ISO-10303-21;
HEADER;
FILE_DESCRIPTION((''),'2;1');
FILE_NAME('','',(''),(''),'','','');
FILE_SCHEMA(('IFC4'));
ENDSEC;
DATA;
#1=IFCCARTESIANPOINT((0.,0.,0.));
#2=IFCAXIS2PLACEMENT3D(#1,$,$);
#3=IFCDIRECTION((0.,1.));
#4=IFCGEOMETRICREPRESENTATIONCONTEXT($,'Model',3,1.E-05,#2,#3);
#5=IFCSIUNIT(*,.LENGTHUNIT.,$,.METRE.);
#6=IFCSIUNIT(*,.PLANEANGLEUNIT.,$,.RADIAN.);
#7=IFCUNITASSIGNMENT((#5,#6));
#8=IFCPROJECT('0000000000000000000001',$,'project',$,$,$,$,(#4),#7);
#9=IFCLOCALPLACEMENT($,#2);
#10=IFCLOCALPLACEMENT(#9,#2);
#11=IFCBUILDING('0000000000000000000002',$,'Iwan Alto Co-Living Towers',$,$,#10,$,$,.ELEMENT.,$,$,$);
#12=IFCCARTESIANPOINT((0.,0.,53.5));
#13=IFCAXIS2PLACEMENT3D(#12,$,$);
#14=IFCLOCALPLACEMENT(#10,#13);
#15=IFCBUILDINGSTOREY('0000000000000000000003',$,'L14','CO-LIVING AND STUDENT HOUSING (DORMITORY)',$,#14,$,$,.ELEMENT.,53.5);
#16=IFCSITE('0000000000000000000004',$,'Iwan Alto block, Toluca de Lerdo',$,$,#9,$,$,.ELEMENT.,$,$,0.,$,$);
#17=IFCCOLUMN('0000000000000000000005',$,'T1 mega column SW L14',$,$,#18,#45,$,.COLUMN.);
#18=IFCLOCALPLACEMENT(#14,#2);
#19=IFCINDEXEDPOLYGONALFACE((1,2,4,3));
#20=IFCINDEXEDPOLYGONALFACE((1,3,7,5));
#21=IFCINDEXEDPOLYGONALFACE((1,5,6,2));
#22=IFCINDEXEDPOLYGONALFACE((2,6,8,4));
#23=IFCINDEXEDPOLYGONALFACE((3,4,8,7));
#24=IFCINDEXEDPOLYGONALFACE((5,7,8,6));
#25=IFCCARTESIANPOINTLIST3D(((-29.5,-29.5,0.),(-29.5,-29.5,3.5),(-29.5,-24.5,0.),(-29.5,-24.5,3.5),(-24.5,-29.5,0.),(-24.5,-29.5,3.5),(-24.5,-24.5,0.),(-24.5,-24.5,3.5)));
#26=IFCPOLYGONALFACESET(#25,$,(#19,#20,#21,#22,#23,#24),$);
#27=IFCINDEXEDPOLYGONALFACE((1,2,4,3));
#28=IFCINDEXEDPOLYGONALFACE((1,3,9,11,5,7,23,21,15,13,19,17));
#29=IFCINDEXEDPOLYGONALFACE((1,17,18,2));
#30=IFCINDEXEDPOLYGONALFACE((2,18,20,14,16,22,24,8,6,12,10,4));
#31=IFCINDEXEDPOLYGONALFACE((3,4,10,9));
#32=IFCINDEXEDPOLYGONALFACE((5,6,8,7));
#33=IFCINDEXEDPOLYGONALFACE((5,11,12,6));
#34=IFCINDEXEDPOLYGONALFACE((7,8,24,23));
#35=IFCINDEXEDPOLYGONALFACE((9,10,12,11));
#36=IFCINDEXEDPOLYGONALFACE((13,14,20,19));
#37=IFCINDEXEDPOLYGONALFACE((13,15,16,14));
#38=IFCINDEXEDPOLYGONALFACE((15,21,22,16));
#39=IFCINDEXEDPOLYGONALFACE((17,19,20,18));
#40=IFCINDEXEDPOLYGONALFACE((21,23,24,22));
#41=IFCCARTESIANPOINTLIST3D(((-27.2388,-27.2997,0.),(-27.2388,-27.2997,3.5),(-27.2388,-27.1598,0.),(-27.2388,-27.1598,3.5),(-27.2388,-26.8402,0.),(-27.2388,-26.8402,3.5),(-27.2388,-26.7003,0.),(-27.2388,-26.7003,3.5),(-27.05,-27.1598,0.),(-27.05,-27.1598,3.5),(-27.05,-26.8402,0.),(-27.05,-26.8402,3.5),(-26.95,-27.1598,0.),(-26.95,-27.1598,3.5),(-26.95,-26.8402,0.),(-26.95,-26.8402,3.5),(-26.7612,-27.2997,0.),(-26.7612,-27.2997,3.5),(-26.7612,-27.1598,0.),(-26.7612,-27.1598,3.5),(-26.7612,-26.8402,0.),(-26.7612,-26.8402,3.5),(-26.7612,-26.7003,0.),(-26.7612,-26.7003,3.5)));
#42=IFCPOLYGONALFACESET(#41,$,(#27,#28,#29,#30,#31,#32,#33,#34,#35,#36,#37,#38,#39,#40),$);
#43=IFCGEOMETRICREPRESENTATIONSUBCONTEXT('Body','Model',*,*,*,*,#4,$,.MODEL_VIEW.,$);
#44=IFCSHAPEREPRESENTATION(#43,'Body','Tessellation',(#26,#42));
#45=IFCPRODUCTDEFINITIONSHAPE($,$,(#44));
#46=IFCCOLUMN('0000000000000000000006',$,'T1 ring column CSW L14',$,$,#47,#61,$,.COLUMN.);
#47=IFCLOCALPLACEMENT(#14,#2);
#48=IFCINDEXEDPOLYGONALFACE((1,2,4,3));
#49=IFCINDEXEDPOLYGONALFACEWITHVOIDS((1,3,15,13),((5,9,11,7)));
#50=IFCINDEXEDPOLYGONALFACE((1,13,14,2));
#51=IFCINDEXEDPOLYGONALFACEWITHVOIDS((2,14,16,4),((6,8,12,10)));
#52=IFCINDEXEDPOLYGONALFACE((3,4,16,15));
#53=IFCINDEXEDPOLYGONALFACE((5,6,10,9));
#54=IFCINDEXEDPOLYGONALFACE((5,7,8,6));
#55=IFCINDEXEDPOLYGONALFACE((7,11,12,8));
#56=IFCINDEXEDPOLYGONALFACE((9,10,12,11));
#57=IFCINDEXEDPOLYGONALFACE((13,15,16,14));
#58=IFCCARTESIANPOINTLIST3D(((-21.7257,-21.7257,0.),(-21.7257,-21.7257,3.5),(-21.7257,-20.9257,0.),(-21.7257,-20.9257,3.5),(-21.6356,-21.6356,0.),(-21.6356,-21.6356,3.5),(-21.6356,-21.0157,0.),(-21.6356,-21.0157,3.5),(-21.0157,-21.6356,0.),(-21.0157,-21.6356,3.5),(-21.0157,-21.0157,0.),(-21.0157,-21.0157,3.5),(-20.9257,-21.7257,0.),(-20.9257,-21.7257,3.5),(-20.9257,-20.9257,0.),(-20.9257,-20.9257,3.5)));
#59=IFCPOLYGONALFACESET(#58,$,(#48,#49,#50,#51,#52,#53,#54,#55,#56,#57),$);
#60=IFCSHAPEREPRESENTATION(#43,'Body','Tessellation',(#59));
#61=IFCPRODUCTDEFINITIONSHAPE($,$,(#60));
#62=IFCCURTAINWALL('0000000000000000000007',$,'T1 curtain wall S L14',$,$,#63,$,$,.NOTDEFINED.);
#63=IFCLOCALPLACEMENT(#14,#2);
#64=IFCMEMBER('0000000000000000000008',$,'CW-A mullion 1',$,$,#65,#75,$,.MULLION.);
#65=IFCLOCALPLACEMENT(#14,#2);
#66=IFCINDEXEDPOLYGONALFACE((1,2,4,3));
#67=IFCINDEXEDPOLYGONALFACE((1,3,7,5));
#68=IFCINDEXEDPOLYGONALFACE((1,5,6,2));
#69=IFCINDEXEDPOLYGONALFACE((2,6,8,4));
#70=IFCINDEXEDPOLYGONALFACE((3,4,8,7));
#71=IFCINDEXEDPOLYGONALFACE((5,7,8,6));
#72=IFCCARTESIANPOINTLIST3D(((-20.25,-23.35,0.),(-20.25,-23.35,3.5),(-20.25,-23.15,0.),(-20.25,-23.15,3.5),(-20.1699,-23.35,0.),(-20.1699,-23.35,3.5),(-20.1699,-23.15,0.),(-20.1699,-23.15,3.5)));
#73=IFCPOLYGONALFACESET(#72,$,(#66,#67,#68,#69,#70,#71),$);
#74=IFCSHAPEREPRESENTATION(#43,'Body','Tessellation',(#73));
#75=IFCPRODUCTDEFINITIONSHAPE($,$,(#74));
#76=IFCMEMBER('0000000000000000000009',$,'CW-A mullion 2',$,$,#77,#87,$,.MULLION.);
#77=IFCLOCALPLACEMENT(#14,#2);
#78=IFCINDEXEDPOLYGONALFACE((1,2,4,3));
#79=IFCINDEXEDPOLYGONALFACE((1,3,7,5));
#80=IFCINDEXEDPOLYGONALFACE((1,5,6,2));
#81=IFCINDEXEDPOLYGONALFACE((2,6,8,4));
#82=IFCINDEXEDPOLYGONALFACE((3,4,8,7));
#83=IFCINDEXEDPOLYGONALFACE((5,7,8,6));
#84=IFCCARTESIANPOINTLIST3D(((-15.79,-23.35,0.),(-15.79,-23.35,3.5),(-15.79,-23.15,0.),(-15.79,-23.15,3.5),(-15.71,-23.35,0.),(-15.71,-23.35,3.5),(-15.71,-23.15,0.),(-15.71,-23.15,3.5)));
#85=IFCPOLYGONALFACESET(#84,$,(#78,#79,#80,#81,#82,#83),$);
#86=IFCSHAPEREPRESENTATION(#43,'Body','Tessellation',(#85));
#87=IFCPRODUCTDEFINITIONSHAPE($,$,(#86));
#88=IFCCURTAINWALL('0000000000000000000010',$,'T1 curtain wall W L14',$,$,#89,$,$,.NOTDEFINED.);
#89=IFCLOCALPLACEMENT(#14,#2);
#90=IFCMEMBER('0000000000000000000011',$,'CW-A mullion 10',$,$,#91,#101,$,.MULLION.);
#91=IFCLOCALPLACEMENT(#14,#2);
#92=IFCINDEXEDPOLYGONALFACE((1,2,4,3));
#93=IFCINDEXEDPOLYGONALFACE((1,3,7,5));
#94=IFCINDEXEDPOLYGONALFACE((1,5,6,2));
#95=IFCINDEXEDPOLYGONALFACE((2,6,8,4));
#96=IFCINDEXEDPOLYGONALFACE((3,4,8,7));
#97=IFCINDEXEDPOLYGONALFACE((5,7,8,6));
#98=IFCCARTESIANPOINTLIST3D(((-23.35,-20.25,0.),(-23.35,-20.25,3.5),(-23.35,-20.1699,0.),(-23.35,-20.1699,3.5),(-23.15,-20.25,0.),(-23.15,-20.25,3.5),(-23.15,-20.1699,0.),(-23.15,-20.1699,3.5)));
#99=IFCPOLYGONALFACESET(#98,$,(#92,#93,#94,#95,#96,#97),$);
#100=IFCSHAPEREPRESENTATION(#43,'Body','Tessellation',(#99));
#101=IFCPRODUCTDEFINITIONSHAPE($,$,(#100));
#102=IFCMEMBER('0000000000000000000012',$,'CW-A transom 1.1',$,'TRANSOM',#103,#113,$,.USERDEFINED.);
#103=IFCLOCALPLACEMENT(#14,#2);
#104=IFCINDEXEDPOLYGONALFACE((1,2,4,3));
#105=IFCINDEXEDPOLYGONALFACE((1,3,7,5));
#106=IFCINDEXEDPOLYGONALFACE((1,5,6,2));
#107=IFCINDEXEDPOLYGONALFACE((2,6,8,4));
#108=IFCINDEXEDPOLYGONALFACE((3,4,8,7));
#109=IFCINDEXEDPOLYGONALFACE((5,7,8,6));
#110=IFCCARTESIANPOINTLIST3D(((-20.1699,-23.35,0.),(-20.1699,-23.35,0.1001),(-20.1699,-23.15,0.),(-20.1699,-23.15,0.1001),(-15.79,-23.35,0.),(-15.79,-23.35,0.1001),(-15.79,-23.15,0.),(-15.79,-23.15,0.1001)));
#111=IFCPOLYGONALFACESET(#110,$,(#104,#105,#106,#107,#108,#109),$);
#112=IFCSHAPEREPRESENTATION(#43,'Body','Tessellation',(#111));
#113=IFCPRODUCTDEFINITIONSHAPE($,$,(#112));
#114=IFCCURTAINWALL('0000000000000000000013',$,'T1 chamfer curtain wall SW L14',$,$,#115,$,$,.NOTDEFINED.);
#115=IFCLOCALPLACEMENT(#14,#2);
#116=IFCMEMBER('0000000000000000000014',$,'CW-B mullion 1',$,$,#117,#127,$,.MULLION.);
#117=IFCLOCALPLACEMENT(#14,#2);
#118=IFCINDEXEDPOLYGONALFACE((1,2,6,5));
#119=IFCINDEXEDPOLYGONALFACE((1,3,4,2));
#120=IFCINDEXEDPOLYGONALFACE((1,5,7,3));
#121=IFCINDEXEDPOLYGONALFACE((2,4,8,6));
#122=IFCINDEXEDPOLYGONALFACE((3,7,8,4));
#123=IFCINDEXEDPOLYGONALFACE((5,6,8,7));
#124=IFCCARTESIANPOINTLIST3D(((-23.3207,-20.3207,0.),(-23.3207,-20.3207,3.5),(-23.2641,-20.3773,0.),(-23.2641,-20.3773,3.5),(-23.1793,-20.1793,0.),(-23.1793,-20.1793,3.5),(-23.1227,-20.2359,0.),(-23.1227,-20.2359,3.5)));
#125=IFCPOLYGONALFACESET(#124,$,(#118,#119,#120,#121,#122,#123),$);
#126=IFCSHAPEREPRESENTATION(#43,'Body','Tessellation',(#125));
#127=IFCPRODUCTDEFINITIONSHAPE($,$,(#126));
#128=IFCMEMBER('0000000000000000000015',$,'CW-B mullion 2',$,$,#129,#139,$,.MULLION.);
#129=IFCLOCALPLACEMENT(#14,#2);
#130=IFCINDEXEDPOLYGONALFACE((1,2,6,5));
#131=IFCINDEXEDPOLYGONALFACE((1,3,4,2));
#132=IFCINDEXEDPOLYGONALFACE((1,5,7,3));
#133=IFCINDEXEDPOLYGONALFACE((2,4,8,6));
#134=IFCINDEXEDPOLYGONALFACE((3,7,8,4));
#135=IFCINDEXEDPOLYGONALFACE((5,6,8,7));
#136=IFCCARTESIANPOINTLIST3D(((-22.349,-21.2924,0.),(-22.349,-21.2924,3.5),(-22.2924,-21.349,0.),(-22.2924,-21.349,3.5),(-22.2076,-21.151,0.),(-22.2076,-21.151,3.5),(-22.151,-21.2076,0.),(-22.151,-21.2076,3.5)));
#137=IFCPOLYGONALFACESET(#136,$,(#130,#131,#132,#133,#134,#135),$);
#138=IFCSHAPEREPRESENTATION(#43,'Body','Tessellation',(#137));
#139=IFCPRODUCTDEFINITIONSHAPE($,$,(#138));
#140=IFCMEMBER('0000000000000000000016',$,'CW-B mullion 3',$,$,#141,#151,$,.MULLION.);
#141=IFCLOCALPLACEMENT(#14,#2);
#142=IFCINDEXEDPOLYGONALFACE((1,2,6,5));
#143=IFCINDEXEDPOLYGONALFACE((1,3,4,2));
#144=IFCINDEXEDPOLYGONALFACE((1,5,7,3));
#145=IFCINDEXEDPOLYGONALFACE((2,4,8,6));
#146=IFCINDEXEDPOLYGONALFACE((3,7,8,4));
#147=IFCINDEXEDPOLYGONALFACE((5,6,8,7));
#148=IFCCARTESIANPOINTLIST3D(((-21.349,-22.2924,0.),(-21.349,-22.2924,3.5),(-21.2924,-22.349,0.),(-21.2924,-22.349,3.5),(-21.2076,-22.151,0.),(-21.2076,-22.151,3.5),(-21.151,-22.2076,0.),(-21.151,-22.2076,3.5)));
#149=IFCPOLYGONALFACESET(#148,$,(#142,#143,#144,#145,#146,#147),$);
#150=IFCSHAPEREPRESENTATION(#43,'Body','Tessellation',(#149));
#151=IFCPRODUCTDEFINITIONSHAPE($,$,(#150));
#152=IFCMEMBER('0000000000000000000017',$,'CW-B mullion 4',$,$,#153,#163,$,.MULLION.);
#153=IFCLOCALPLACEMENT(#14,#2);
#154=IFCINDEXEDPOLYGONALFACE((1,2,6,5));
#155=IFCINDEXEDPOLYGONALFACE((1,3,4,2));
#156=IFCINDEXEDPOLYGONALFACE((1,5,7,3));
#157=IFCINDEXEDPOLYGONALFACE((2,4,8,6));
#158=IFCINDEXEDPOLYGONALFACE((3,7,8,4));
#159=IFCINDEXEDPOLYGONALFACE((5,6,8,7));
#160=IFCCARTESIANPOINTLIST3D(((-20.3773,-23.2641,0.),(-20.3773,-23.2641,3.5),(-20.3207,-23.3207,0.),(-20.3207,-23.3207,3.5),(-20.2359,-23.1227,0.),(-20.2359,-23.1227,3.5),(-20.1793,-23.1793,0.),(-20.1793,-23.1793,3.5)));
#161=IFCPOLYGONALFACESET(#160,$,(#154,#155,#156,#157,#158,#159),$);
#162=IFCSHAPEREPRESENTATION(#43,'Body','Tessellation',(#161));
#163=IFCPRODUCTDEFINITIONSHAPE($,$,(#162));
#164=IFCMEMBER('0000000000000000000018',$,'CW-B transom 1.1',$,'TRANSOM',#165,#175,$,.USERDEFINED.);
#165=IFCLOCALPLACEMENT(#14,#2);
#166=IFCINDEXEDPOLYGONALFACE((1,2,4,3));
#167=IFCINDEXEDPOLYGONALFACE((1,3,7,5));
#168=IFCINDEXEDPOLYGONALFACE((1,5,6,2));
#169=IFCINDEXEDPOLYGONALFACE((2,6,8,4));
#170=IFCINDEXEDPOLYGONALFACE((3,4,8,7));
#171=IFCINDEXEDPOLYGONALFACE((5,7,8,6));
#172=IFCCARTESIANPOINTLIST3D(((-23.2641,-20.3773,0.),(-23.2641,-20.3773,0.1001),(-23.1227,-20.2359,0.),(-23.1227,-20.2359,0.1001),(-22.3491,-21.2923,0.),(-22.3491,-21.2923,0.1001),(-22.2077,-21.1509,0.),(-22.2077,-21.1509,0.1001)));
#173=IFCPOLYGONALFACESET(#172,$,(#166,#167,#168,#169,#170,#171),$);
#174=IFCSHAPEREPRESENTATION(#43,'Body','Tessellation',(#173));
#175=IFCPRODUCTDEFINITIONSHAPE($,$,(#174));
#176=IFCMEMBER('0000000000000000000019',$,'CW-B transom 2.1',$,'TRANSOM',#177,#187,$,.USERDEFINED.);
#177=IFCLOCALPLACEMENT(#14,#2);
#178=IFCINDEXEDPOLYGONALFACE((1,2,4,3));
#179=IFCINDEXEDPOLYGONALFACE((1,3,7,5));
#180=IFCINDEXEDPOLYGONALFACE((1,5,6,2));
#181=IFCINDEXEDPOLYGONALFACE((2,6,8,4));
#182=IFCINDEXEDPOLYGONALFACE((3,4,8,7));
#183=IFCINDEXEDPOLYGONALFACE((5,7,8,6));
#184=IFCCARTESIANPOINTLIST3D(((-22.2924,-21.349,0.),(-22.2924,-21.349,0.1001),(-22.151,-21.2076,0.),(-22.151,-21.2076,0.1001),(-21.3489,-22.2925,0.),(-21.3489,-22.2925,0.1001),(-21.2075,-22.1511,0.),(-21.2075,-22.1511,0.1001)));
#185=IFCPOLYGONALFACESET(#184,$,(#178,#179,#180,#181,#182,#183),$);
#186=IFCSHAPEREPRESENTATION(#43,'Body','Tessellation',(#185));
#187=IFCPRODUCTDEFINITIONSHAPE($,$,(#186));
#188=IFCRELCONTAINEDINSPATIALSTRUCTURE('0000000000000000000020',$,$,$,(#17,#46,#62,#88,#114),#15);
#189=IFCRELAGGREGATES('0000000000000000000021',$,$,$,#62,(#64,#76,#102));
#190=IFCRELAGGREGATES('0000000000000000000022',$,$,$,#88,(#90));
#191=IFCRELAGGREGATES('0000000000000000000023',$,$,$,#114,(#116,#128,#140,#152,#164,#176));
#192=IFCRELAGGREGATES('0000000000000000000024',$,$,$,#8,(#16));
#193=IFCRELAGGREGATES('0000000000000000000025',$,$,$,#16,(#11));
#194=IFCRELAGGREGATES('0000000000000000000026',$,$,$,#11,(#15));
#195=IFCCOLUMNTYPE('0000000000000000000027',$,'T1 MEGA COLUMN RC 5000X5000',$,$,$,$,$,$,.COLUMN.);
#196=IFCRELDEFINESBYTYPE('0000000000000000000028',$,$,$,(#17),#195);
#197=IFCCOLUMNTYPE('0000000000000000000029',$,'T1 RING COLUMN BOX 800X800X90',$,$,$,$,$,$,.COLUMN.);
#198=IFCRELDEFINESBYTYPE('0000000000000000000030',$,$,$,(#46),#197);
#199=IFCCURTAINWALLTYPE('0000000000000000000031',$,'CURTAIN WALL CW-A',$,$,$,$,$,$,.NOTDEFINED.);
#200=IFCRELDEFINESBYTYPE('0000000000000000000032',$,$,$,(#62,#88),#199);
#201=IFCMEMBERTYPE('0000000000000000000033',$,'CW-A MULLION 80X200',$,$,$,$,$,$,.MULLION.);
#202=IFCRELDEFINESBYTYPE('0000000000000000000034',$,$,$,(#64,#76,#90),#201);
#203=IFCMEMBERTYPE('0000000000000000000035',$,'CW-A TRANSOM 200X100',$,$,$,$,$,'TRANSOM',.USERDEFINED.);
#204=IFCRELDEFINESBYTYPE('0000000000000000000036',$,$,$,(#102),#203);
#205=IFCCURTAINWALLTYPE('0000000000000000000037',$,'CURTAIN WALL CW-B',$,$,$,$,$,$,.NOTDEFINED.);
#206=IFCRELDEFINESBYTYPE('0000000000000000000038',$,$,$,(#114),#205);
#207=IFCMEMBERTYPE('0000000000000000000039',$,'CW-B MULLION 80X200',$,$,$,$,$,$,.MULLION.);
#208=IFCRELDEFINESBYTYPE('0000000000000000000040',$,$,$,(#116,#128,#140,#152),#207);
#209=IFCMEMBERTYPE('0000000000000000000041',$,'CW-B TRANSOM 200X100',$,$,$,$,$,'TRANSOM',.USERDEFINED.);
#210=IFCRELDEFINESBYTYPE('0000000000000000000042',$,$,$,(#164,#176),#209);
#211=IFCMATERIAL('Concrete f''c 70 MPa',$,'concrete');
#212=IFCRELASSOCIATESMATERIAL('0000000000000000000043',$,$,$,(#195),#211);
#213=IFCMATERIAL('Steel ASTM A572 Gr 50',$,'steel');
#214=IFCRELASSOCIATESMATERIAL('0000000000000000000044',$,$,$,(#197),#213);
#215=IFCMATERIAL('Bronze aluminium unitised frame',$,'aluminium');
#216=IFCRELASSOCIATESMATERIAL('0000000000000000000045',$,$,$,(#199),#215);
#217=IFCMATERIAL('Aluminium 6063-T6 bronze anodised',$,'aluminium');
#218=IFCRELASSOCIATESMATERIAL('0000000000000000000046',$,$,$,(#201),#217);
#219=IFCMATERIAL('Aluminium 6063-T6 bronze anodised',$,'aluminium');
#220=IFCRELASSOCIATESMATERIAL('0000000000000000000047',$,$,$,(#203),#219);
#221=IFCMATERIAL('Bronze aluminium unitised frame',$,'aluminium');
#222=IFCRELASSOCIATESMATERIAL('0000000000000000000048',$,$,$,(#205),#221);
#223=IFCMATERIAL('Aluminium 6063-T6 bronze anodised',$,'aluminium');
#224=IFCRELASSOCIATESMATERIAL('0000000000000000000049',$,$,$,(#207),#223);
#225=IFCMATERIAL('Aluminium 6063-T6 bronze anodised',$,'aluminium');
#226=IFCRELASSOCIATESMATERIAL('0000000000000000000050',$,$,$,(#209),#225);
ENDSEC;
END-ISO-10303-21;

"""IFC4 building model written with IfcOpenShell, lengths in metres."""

from ifc_helpers import new_model, si_unit, direction, frame, origin, origin_2d, place, context, subcontext, project, spatial, rectangle, hollow_rectangle, i_section, extrude, material, material_profile, profile_set, type_object, element, aggregate, save


model = new_model("IFC4")

# Units and contexts
model_context = context("Model", 3, precision=1e-05, world=origin(), true_north=direction((0.0, 1.0)))
body_context = subcontext(model_context, "Body", "Model", "MODEL_VIEW")
ifc_project = project(units=[si_unit("LENGTHUNIT", "METRE"), si_unit("PLANEANGLEUNIT", "RADIAN")], contexts=[model_context])

# Site, building, storey
site_placement = place(None, origin())
site = spatial("IfcSite", under=ifc_project, at=site_placement, Name="Iwan Alto block, Toluca de Lerdo", CompositionType="ELEMENT", RefElevation=0.0)
building_placement = place(site_placement, origin())
building = spatial("IfcBuilding", under=site, at=building_placement, Name="Iwan Alto Co-Living Towers", CompositionType="ELEMENT")
storey_placement = place(building_placement, frame((0.0, 0.0, 53.5)))
storey = spatial("IfcBuildingStorey", under=building, at=storey_placement, Name="L14", Description="CO-LIVING AND STUDENT HOUSING (DORMITORY)", CompositionType="ELEMENT", Elevation=53.5)

# Columns
ifc_material_1 = material(Name="Concrete f'c 70 MPa", Category="concrete")
ifc_material_profile_1 = material_profile(ifc_material_1, rectangle(XDim=5.0, YDim=5.0, at=origin_2d()), Name="RC 5000X5000")
ifc_profile_set_1 = profile_set([ifc_material_profile_1], Name="Concrete f'c 70 MPa")
column_type_1 = type_object("IfcColumnType", Name="T1 MEGA COLUMN RC 5000X5000", PredefinedType="COLUMN", material=ifc_profile_set_1)
column_1_placement = place(storey_placement, frame((-27.0, -27.0, 0.0), z_axis=(0.0, 0.0, 1.0), x_axis=(1.0, 0.0, 0.0)))
element("IfcColumn", 1, at=column_1_placement, inside=storey, type_object=column_type_1, Name="T1 mega column SW L14", PredefinedType="COLUMN", context=body_context, shape_type="SweptSolid", body=[
    extrude(rectangle(XDim=5.0, YDim=5.0, at=origin_2d()), origin(), (0.0, 0.0, 1.0), 3.5),
    extrude(i_section(OverallWidth=0.4775, OverallDepth=0.5994, WebThickness=0.1001, FlangeThickness=0.1399, at=origin_2d()), origin(), (0.0, 0.0, 1.0), 3.5),
])
ifc_material_2 = material(Name="Steel ASTM A572 Gr 50", Category="steel")
ifc_material_profile_2 = material_profile(ifc_material_2, hollow_rectangle(XDim=0.8, YDim=0.8, WallThickness=0.0901, at=origin_2d()), Name="BOX 800X800X90")
ifc_profile_set_2 = profile_set([ifc_material_profile_2], Name="Steel ASTM A572 Gr 50")
column_type_2 = type_object("IfcColumnType", Name="T1 RING COLUMN BOX 800X800X90", PredefinedType="COLUMN", material=ifc_profile_set_2)
column_2_placement = place(storey_placement, frame((-21.3257, -21.3257, 0.0), z_axis=(0.0, 0.0, 1.0), x_axis=(1.0, 0.0, 0.0)))
element("IfcColumn", 2, at=column_2_placement, inside=storey, type_object=column_type_2, Name="T1 ring column CSW L14", PredefinedType="COLUMN", context=body_context, shape_type="SweptSolid", body=[
    extrude(hollow_rectangle(XDim=0.8, YDim=0.8, WallThickness=0.0901, at=origin_2d()), origin(), (0.0, 0.0, 1.0), 3.5),
])

# Curtain wall, members
ifc_material_3 = material(Name="Bronze aluminium unitised frame", Category="aluminium")
curtain_wall_type_1 = type_object("IfcCurtainWallType", Name="CURTAIN WALL CW-A", PredefinedType="NOTDEFINED", material=ifc_material_3)
curtain_wall_1_placement = place(storey_placement, origin())
curtain_wall_1 = element("IfcCurtainWall", 3, at=curtain_wall_1_placement, inside=storey, type_object=curtain_wall_type_1, Name="T1 curtain wall S L14", PredefinedType="NOTDEFINED")
ifc_material_4 = material(Name="Aluminium 6063-T6 bronze anodised", Category="aluminium")
ifc_material_profile_3 = material_profile(ifc_material_4, rectangle(XDim=0.2, YDim=0.0801, at=origin_2d()), Name="AL 80X200")
ifc_profile_set_3 = profile_set([ifc_material_profile_3], Name="Aluminium 6063-T6 bronze anodised")
member_type_1 = type_object("IfcMemberType", Name="CW-A MULLION 80X200", PredefinedType="MULLION", material=ifc_profile_set_3)
member_1_placement = place(storey_placement, frame((-20.21, -23.25, 0.0), z_axis=(0.0, 0.0, 1.0), x_axis=(0.0, 1.0, 0.0)))
member_1 = element("IfcMember", 4, at=member_1_placement, type_object=member_type_1, Name="CW-A mullion 1", PredefinedType="MULLION", context=body_context, shape_type="SweptSolid", body=[
    extrude(rectangle(XDim=0.2, YDim=0.0801, at=origin_2d()), origin(), (0.0, 0.0, 1.0), 3.5),
])
member_2_placement = place(storey_placement, frame((-15.75, -23.25, 0.0), z_axis=(0.0, 0.0, 1.0), x_axis=(0.0, 1.0, 0.0)))
member_2 = element("IfcMember", 5, at=member_2_placement, type_object=member_type_1, Name="CW-A mullion 2", PredefinedType="MULLION", context=body_context, shape_type="SweptSolid", body=[
    extrude(rectangle(XDim=0.2, YDim=0.0801, at=origin_2d()), origin(), (0.0, 0.0, 1.0), 3.5),
])

# Curtain wall, member
curtain_wall_2_placement = place(storey_placement, origin())
curtain_wall_2 = element("IfcCurtainWall", 6, at=curtain_wall_2_placement, inside=storey, type_object=curtain_wall_type_1, Name="T1 curtain wall W L14", PredefinedType="NOTDEFINED")
member_3_placement = place(storey_placement, frame((-23.25, -20.21, 0.0), z_axis=(0.0, 0.0, 1.0), x_axis=(1.0, 0.0, 0.0)))
member_3 = element("IfcMember", 7, at=member_3_placement, type_object=member_type_1, Name="CW-A mullion 10", PredefinedType="MULLION", context=body_context, shape_type="SweptSolid", body=[
    extrude(rectangle(XDim=0.2, YDim=0.0801, at=origin_2d()), origin(), (0.0, 0.0, 1.0), 3.5),
])

# Member
ifc_material_5 = material(Name="Aluminium 6063-T6 bronze anodised", Category="aluminium")
ifc_material_profile_4 = material_profile(ifc_material_5, rectangle(XDim=0.2, YDim=0.1001, at=origin_2d()), Name="AL 200X100")
ifc_profile_set_4 = profile_set([ifc_material_profile_4], Name="Aluminium 6063-T6 bronze anodised")
member_type_2 = type_object("IfcMemberType", Name="CW-A TRANSOM 200X100", ElementType="TRANSOM", PredefinedType="USERDEFINED", material=ifc_profile_set_4)
member_4_placement = place(storey_placement, frame((-20.1699, -23.25, 0.05), z_axis=(1.0, 0.0, 0.0), x_axis=(0.0, 1.0, 0.0)))
member_4 = element("IfcMember", 8, at=member_4_placement, type_object=member_type_2, Name="CW-A transom 1.1", ObjectType="TRANSOM", PredefinedType="USERDEFINED", context=body_context, shape_type="SweptSolid", body=[
    extrude(rectangle(XDim=0.2, YDim=0.1001, at=origin_2d()), origin(), (0.0, 0.0, 1.0), 4.3799),
])

# Curtain wall, members
ifc_material_6 = material(Name="Bronze aluminium unitised frame", Category="aluminium")
curtain_wall_type_2 = type_object("IfcCurtainWallType", Name="CURTAIN WALL CW-B", PredefinedType="NOTDEFINED", material=ifc_material_6)
curtain_wall_3_placement = place(storey_placement, origin())
curtain_wall_3 = element("IfcCurtainWall", 9, at=curtain_wall_3_placement, inside=storey, type_object=curtain_wall_type_2, Name="T1 chamfer curtain wall SW L14", PredefinedType="NOTDEFINED")
ifc_material_7 = material(Name="Aluminium 6063-T6 bronze anodised", Category="aluminium")
ifc_material_profile_5 = material_profile(ifc_material_7, rectangle(XDim=0.2, YDim=0.0801, at=origin_2d()), Name="AL 80X200")
ifc_profile_set_5 = profile_set([ifc_material_profile_5], Name="Aluminium 6063-T6 bronze anodised")
member_type_3 = type_object("IfcMemberType", Name="CW-B MULLION 80X200", PredefinedType="MULLION", material=ifc_profile_set_5)
member_5_placement = place(storey_placement, frame((-23.2217, -20.2783, 0.0), z_axis=(0.0, 0.0, 1.0), x_axis=(0.707107, 0.707107, 0.0)))
member_5 = element("IfcMember", 10, at=member_5_placement, type_object=member_type_3, Name="CW-B mullion 1", PredefinedType="MULLION", context=body_context, shape_type="SweptSolid", body=[
    extrude(rectangle(XDim=0.2, YDim=0.0801, at=origin_2d()), origin(), (0.0, 0.0, 1.0), 3.5),
])
member_6_placement = place(storey_placement, frame((-22.25, -21.25, 0.0), z_axis=(0.0, 0.0, 1.0), x_axis=(0.707107, 0.707107, 0.0)))
member_6 = element("IfcMember", 11, at=member_6_placement, type_object=member_type_3, Name="CW-B mullion 2", PredefinedType="MULLION", context=body_context, shape_type="SweptSolid", body=[
    extrude(rectangle(XDim=0.2, YDim=0.0801, at=origin_2d()), origin(), (0.0, 0.0, 1.0), 3.5),
])
member_7_placement = place(storey_placement, frame((-21.25, -22.25, 0.0), z_axis=(0.0, 0.0, 1.0), x_axis=(0.707107, 0.707107, 0.0)))
member_7 = element("IfcMember", 12, at=member_7_placement, type_object=member_type_3, Name="CW-B mullion 3", PredefinedType="MULLION", context=body_context, shape_type="SweptSolid", body=[
    extrude(rectangle(XDim=0.2, YDim=0.0801, at=origin_2d()), origin(), (0.0, 0.0, 1.0), 3.5),
])
member_8_placement = place(storey_placement, frame((-20.2783, -23.2217, 0.0), z_axis=(0.0, 0.0, 1.0), x_axis=(0.707107, 0.707107, 0.0)))
member_8 = element("IfcMember", 13, at=member_8_placement, type_object=member_type_3, Name="CW-B mullion 4", PredefinedType="MULLION", context=body_context, shape_type="SweptSolid", body=[
    extrude(rectangle(XDim=0.2, YDim=0.0801, at=origin_2d()), origin(), (0.0, 0.0, 1.0), 3.5),
])
ifc_material_8 = material(Name="Aluminium 6063-T6 bronze anodised", Category="aluminium")
ifc_material_profile_6 = material_profile(ifc_material_8, rectangle(XDim=0.2, YDim=0.1001, at=origin_2d()), Name="AL 200X100")
ifc_profile_set_6 = profile_set([ifc_material_profile_6], Name="Aluminium 6063-T6 bronze anodised")
member_type_4 = type_object("IfcMemberType", Name="CW-B TRANSOM 200X100", ElementType="TRANSOM", PredefinedType="USERDEFINED", material=ifc_profile_set_6)
member_9_placement = place(storey_placement, frame((-23.1934, -20.3066, 0.05), z_axis=(0.707107, -0.707107, 0.0), x_axis=(0.707107, 0.707107, 0.0)))
member_9 = element("IfcMember", 14, at=member_9_placement, type_object=member_type_4, Name="CW-B transom 1.1", ObjectType="TRANSOM", PredefinedType="USERDEFINED", context=body_context, shape_type="SweptSolid", body=[
    extrude(rectangle(XDim=0.2, YDim=0.1001, at=origin_2d()), origin(), (0.0, 0.0, 1.0), 1.2939),
])
member_10_placement = place(storey_placement, frame((-22.2217, -21.2783, 0.05), z_axis=(0.707107, -0.707107, 0.0), x_axis=(0.707107, 0.707107, 0.0)))
member_10 = element("IfcMember", 15, at=member_10_placement, type_object=member_type_4, Name="CW-B transom 2.1", ObjectType="TRANSOM", PredefinedType="USERDEFINED", context=body_context, shape_type="SweptSolid", body=[
    extrude(rectangle(XDim=0.2, YDim=0.1001, at=origin_2d()), origin(), (0.0, 0.0, 1.0), 1.3342),
])

aggregate(curtain_wall_1, [member_1, member_2, member_4])
aggregate(curtain_wall_2, [member_3])
aggregate(curtain_wall_3, [member_5, member_6, member_7, member_8, member_9, member_10])

save(model, "model.ifc")
